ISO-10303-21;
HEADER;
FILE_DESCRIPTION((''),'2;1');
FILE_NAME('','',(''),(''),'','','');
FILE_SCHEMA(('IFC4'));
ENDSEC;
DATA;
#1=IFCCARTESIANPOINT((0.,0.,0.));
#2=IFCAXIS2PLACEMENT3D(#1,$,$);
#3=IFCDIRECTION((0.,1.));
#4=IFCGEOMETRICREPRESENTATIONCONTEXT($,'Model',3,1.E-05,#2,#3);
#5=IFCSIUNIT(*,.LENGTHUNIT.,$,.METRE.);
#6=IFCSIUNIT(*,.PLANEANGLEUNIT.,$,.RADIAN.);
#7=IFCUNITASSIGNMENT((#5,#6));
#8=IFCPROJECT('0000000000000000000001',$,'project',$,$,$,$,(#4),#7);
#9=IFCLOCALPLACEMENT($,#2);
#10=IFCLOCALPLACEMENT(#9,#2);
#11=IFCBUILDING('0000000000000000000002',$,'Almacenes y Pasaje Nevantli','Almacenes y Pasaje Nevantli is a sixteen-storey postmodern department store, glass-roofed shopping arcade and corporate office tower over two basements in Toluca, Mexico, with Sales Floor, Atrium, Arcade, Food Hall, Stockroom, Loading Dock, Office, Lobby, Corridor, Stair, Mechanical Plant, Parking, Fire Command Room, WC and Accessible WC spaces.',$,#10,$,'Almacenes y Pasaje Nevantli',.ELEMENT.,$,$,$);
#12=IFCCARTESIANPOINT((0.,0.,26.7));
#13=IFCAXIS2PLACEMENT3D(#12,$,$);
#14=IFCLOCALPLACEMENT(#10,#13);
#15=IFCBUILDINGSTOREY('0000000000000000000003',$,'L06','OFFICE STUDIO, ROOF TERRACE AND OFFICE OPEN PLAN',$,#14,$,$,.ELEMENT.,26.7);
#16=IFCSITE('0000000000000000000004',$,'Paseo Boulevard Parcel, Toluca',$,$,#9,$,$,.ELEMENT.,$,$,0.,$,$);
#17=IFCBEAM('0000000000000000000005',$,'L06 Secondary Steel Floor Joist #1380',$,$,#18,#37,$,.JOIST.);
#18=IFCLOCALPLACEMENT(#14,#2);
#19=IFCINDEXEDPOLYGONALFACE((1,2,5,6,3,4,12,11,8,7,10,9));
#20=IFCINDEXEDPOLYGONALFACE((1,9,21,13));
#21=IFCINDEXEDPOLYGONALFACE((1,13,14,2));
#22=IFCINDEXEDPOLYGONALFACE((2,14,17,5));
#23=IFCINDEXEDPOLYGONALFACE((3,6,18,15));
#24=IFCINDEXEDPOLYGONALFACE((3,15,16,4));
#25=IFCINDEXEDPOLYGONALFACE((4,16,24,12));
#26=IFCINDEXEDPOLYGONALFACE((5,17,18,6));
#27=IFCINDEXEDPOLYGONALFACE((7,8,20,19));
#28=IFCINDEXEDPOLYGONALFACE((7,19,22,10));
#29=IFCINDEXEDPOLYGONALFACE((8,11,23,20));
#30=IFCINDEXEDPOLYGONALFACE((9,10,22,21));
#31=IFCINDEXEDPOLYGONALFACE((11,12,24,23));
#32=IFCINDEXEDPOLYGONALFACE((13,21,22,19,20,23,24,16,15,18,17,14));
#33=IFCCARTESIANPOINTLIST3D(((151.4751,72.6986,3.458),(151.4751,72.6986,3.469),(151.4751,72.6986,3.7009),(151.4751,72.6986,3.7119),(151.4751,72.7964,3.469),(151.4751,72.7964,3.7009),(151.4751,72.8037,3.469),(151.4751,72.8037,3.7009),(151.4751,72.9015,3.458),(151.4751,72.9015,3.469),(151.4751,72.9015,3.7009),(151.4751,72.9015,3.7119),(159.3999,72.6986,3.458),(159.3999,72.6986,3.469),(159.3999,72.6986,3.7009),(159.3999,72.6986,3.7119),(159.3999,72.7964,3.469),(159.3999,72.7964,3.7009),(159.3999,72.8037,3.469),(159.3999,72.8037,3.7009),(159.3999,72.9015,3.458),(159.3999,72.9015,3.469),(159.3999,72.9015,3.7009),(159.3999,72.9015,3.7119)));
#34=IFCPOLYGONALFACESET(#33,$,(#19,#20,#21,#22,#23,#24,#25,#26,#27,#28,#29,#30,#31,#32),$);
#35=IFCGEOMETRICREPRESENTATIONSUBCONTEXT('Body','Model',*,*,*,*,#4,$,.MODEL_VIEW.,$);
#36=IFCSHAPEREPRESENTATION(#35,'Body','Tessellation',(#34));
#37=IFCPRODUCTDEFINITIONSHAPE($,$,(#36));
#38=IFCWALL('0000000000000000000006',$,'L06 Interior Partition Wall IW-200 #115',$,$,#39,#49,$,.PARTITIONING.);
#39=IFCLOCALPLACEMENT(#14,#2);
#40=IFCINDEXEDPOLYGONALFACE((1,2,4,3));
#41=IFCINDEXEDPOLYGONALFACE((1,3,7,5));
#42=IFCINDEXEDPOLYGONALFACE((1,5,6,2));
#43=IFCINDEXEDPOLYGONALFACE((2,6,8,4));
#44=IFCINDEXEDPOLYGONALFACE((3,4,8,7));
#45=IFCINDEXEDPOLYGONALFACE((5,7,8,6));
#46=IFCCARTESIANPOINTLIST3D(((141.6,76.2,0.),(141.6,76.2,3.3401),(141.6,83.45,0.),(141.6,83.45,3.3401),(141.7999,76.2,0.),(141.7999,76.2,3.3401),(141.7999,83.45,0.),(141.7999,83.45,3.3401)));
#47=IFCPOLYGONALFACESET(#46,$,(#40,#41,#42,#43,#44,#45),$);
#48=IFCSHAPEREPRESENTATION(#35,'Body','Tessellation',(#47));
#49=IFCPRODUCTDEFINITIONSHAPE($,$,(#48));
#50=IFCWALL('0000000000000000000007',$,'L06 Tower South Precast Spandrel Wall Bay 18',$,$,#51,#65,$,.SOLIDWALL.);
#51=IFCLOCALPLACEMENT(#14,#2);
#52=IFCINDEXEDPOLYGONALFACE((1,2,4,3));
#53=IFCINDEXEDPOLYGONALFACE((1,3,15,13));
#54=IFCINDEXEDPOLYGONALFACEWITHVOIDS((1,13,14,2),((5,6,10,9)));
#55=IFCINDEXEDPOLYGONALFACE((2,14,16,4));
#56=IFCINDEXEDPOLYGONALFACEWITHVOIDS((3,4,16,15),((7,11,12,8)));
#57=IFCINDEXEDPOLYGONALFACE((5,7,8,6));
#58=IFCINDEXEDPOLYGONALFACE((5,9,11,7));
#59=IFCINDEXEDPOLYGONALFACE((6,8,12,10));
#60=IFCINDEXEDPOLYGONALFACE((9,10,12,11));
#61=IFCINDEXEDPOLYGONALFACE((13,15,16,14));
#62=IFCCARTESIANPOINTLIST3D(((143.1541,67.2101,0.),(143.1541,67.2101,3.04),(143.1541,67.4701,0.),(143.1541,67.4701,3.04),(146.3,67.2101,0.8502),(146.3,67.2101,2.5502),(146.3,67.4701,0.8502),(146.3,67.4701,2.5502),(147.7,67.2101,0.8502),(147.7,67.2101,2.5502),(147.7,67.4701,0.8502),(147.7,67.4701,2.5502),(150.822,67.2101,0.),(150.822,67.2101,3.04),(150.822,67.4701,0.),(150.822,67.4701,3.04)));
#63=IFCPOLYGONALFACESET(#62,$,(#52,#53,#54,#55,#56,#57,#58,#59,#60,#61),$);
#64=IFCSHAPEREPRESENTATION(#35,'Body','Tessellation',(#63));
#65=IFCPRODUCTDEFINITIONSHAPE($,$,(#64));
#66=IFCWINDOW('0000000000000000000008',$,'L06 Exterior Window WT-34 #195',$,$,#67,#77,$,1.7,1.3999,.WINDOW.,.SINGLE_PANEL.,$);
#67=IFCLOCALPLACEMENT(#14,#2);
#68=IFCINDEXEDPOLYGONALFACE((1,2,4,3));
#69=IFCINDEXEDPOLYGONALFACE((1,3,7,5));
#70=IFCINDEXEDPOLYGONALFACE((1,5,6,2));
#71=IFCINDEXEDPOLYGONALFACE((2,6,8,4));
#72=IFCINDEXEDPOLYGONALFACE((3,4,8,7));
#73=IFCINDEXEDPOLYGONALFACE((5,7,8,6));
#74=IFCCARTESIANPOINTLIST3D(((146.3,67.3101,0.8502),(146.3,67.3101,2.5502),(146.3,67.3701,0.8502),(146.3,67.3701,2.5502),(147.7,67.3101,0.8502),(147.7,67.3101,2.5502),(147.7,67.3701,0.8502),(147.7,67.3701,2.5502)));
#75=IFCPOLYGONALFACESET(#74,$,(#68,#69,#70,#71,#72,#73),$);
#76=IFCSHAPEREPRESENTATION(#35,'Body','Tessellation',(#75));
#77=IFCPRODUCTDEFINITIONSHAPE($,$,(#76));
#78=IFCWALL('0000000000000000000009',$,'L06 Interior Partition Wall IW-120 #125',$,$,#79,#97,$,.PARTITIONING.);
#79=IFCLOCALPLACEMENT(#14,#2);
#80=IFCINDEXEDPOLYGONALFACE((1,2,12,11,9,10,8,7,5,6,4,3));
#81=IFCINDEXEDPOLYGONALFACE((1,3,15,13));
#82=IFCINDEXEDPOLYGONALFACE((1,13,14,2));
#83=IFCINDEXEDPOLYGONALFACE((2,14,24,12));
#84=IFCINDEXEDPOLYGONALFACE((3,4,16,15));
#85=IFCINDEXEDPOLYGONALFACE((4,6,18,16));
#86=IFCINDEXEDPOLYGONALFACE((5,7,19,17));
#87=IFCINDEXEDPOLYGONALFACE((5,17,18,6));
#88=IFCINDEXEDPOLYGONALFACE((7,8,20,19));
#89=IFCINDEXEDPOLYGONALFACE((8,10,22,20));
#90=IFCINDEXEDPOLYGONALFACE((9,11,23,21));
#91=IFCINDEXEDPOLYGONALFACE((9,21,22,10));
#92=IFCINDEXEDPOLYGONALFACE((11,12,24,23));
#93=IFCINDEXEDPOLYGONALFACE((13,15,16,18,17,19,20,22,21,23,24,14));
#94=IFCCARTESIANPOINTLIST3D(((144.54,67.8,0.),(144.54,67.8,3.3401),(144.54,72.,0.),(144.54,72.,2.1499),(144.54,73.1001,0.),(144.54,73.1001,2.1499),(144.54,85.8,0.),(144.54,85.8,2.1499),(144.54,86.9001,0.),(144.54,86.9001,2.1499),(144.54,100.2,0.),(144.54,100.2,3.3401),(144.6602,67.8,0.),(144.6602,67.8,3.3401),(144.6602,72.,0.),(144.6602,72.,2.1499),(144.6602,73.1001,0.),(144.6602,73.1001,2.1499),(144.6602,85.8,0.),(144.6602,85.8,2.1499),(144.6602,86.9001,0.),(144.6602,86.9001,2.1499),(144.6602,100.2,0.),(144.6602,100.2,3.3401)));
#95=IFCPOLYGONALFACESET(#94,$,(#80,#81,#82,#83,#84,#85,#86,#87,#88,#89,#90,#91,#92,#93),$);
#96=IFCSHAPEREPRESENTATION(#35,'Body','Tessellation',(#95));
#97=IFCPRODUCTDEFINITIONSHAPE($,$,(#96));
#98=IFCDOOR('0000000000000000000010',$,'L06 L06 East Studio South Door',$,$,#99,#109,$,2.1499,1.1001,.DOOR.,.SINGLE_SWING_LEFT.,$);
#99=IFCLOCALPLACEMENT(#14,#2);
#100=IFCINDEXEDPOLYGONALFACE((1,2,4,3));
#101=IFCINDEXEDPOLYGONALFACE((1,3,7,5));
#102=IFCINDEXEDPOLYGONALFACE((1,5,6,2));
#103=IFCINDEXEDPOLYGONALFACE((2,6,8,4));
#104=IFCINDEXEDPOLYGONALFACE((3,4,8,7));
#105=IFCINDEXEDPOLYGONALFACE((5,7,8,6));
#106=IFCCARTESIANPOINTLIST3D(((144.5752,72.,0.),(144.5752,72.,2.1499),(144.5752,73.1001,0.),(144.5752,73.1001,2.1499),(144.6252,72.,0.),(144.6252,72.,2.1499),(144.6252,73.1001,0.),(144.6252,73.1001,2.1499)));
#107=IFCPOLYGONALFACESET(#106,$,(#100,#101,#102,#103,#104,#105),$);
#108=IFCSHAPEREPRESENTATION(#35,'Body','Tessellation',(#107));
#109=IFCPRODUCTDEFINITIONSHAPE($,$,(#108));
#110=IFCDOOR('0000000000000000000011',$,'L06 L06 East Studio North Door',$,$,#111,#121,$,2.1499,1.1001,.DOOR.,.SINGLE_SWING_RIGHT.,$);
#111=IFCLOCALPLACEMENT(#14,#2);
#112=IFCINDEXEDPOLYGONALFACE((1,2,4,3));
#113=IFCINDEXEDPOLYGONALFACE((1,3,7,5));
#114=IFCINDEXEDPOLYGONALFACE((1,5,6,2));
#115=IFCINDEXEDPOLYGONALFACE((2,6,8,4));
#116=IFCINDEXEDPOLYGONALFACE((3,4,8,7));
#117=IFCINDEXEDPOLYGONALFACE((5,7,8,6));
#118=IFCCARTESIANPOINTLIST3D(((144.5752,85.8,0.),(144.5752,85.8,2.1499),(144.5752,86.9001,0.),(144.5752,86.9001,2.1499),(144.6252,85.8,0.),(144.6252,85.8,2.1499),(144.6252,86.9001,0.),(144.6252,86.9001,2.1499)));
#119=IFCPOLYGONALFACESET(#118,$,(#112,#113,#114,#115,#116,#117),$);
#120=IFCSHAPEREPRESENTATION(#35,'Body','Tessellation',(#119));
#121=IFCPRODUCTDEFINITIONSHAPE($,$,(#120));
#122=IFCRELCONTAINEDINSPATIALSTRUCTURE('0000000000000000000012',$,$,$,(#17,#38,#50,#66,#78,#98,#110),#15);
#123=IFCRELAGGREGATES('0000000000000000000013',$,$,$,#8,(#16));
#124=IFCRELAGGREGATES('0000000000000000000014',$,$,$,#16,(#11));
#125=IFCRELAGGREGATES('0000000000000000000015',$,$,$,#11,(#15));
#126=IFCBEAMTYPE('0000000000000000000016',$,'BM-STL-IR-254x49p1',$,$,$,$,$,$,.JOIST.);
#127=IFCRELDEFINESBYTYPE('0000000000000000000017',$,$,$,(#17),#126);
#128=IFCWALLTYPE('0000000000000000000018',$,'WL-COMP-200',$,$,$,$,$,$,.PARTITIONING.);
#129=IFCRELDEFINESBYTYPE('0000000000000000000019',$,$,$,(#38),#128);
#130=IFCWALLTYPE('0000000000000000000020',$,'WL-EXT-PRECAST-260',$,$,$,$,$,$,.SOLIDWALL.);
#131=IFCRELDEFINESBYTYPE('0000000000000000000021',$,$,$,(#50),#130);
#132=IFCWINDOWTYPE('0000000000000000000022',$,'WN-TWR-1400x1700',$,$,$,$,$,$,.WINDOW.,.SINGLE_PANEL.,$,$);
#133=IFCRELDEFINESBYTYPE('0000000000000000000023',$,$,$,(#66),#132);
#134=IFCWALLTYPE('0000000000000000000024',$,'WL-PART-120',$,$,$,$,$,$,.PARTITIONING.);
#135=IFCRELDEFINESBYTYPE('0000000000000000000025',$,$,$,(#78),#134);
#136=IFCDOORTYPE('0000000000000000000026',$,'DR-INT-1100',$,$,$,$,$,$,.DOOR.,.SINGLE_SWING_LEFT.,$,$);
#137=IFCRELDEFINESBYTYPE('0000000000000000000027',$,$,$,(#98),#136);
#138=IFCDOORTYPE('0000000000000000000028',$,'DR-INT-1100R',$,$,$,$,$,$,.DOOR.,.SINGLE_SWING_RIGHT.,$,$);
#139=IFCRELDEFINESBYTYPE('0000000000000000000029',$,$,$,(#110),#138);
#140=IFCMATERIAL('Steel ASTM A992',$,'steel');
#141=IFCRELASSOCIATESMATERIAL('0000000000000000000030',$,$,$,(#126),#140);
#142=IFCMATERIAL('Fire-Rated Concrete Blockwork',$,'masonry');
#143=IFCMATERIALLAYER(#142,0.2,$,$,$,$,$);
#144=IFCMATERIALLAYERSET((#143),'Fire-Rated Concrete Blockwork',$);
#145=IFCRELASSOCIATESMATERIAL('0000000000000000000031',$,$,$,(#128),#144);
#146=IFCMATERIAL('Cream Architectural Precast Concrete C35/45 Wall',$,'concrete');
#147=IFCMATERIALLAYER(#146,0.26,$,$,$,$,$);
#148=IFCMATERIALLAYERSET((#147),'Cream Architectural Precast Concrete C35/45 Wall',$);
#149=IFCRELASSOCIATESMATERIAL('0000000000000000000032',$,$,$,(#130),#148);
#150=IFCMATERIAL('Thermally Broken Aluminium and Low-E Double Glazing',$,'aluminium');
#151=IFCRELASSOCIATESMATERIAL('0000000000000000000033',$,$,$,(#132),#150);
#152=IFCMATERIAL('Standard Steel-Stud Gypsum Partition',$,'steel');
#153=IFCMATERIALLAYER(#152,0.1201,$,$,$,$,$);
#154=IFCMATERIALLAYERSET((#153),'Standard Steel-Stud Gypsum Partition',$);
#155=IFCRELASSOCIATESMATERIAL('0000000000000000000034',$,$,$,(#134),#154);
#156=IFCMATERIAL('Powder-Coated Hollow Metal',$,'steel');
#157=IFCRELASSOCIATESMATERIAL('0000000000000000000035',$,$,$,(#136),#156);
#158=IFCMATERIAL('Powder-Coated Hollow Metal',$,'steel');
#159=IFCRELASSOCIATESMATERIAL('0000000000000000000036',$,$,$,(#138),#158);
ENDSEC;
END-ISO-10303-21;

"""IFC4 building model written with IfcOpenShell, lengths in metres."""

from ifc_helpers import new_model, si_unit, direction, frame, frame_2d, origin, origin_2d, place, context, subcontext, project, spatial, rectangle, i_section, extrude, material, layer, layer_set, material_profile, profile_set, type_object, element, fill, save


model = new_model("IFC4")

# Units and contexts
model_context = context("Model", 3, precision=1e-05, world=origin(), true_north=direction((0.0, 1.0)))
body_context = subcontext(model_context, "Body", "Model", "MODEL_VIEW")
ifc_project = project(units=[si_unit("LENGTHUNIT", "METRE"), si_unit("PLANEANGLEUNIT", "RADIAN")], contexts=[model_context])

# Site, building, storey
site_placement = place(None, origin())
site = spatial("IfcSite", under=ifc_project, at=site_placement, Name="Paseo Boulevard Parcel, Toluca", CompositionType="ELEMENT", RefElevation=0.0)
building_placement = place(site_placement, origin())
building = spatial("IfcBuilding", under=site, at=building_placement, Name="Almacenes y Pasaje Nevantli", Description="Almacenes y Pasaje Nevantli is a sixteen-storey postmodern department store, glass-roofed shopping arcade and corporate office tower over two basements in Toluca, Mexico, with Sales Floor, Atrium, Arcade, Food Hall, Stockroom, Loading Dock, Office, Lobby, Corridor, Stair, Mechanical Plant, Parking, Fire Command Room, WC and Accessible WC spaces.", LongName="Almacenes y Pasaje Nevantli", CompositionType="ELEMENT")
storey_placement = place(building_placement, frame((0.0, 0.0, 26.7)))
storey = spatial("IfcBuildingStorey", under=building, at=storey_placement, Name="L06", Description="OFFICE STUDIO, ROOF TERRACE AND OFFICE OPEN PLAN", CompositionType="ELEMENT", Elevation=26.7)

# Beam
ifc_material_1 = material(Name="Steel ASTM A992", Category="steel")
ifc_material_profile_1 = material_profile(ifc_material_1, i_section(OverallWidth=0.2029, OverallDepth=0.2539, WebThickness=0.0073, FlangeThickness=0.011, at=origin_2d()), Name="IR 254x49.1")
ifc_profile_set_1 = profile_set([ifc_material_profile_1], Name="Steel ASTM A992")
beam_type_1 = type_object("IfcBeamType", Name="BM-STL-IR-254x49p1", PredefinedType="JOIST", material=ifc_profile_set_1)
for number, where, z_axis, x_axis, name in (
    (1, (151.4751, 72.8, 3.585), (1.0, 0.0, 0.0), (0.0, 1.0, 0.0), "L06 Secondary Steel Floor Joist #1380"),
):
    element("IfcBeam", number, at=place(storey_placement, frame(where, z_axis=z_axis, x_axis=x_axis)), inside=storey, type_object=beam_type_1, Name=name, PredefinedType="JOIST", context=body_context, shape_type="SweptSolid", body=[
        extrude(i_section(OverallWidth=0.2029, OverallDepth=0.2539, WebThickness=0.0073, FlangeThickness=0.011, at=origin_2d()), origin(), (0.0, 0.0, 1.0), 7.9248),
    ])

# Wall
ifc_material_2 = material(Name="Fire-Rated Concrete Blockwork", Category="masonry")
ifc_layer_1 = layer(ifc_material_2, 0.2)
ifc_layer_set_1 = layer_set([ifc_layer_1], Name="Fire-Rated Concrete Blockwork")
wall_type_1 = type_object("IfcWallType", Name="WL-COMP-200", PredefinedType="PARTITIONING", material=ifc_layer_set_1)
wall_1_placement = place(storey_placement, frame((141.7, 76.2, 0.0), z_axis=(0.0, 0.0, 1.0), x_axis=(0.0, 1.0, 0.0)))
element("IfcWall", 2, at=wall_1_placement, inside=storey, type_object=wall_type_1, Name="L06 Interior Partition Wall IW-200 #115", PredefinedType="PARTITIONING", context=body_context, shape_type="SweptSolid", body=[
    extrude(rectangle(XDim=7.25, YDim=0.2, at=frame_2d((3.625, 0.0))), origin(), (0.0, 0.0, 1.0), 3.3401),
])

# Wall, opening, window
ifc_material_3 = material(Name="Cream Architectural Precast Concrete C35/45 Wall", Category="concrete")
ifc_layer_2 = layer(ifc_material_3, 0.26)
ifc_layer_set_2 = layer_set([ifc_layer_2], Name="Cream Architectural Precast Concrete C35/45 Wall")
wall_type_2 = type_object("IfcWallType", Name="WL-EXT-PRECAST-260", PredefinedType="SOLIDWALL", material=ifc_layer_set_2)
wall_2_placement = place(storey_placement, frame((143.1541, 67.3401, 0.0), z_axis=(0.0, 0.0, 1.0), x_axis=(1.0, 0.0, 0.0)))
wall_2 = element("IfcWall", 3, at=wall_2_placement, inside=storey, type_object=wall_type_2, Name="L06 Tower South Precast Spandrel Wall Bay 18", PredefinedType="SOLIDWALL", context=body_context, shape_type="SweptSolid", body=[
    extrude(rectangle(XDim=7.668, YDim=0.26, at=frame_2d((3.834, 0.0))), origin(), (0.0, 0.0, 1.0), 3.04),
])
opening_1_placement = place(wall_2_placement, frame((3.146, 0.0, 0.8501)))
opening_1 = element("IfcOpeningElement", 4, at=opening_1_placement, cuts=wall_2, PredefinedType="OPENING", context=body_context, shape_type="SweptSolid", body=[
    extrude(rectangle(XDim=1.3999, YDim=1.7, at=frame_2d((0.7, 0.8501))), frame((0.0, 0.1399, 0.0), z_axis=(0.0, -1.0, 0.0), x_axis=(1.0, 0.0, 0.0)), (0.0, 0.0, 1.0), 0.28),
])
ifc_material_4 = material(Name="Thermally Broken Aluminium and Low-E Double Glazing", Category="aluminium")
window_type = type_object("IfcWindowType", Name="WN-TWR-1400x1700", PartitioningType="SINGLE_PANEL", PredefinedType="WINDOW", material=ifc_material_4)
window_placement = place(opening_1_placement, origin())
window = element("IfcWindow", 5, at=window_placement, inside=storey, type_object=window_type, Name="L06 Exterior Window WT-34 #195", OverallHeight=1.7, OverallWidth=1.3999, PartitioningType="SINGLE_PANEL", PredefinedType="WINDOW", context=body_context, shape_type="SweptSolid", body=[
    extrude(rectangle(XDim=1.3999, YDim=1.7, at=frame_2d((0.7, 0.8501))), frame((0.0, 0.03, 0.0), z_axis=(0.0, -1.0, 0.0), x_axis=(1.0, 0.0, 0.0)), (0.0, 0.0, 1.0), 0.0601),
])
fill(opening_1, window)

# Wall, openings, doors
ifc_material_5 = material(Name="Standard Steel-Stud Gypsum Partition", Category="steel")
ifc_layer_3 = layer(ifc_material_5, 0.1201)
ifc_layer_set_3 = layer_set([ifc_layer_3], Name="Standard Steel-Stud Gypsum Partition")
wall_type_3 = type_object("IfcWallType", Name="WL-PART-120", PredefinedType="PARTITIONING", material=ifc_layer_set_3)
wall_3_placement = place(storey_placement, frame((144.6001, 67.8, 0.0), z_axis=(0.0, 0.0, 1.0), x_axis=(0.0, 1.0, 0.0)))
wall_3 = element("IfcWall", 6, at=wall_3_placement, inside=storey, type_object=wall_type_3, Name="L06 Interior Partition Wall IW-120 #125", PredefinedType="PARTITIONING", context=body_context, shape_type="SweptSolid", body=[
    extrude(rectangle(XDim=32.3999, YDim=0.1201, at=frame_2d((16.2, 0.0))), origin(), (0.0, 0.0, 1.0), 3.3401),
])
opening_2_placement = place(wall_3_placement, frame((4.2, 0.0, 0.0)))
opening_2 = element("IfcOpeningElement", 7, at=opening_2_placement, cuts=wall_3, PredefinedType="OPENING", context=body_context, shape_type="SweptSolid", body=[
    extrude(rectangle(XDim=1.1001, YDim=2.1499, at=frame_2d((0.55, 1.075))), frame((0.0, 0.0701, 0.0), z_axis=(0.0, -1.0, 0.0), x_axis=(1.0, 0.0, 0.0)), (0.0, 0.0, 1.0), 0.1401),
])
opening_3_placement = place(wall_3_placement, frame((18.0, 0.0, 0.0)))
opening_3 = element("IfcOpeningElement", 8, at=opening_3_placement, cuts=wall_3, PredefinedType="OPENING", context=body_context, shape_type="SweptSolid", body=[
    extrude(rectangle(XDim=1.1001, YDim=2.1499, at=frame_2d((0.55, 1.075))), frame((0.0, 0.0701, 0.0), z_axis=(0.0, -1.0, 0.0), x_axis=(1.0, 0.0, 0.0)), (0.0, 0.0, 1.0), 0.1401),
])
ifc_material_6 = material(Name="Powder-Coated Hollow Metal", Category="steel")
door_type_1 = type_object("IfcDoorType", Name="DR-INT-1100", OperationType="SINGLE_SWING_LEFT", PredefinedType="DOOR", material=ifc_material_6)
door_1_placement = place(opening_2_placement, origin())
door_1 = element("IfcDoor", 9, at=door_1_placement, inside=storey, type_object=door_type_1, Name="L06 L06 East Studio South Door", OperationType="SINGLE_SWING_LEFT", OverallHeight=2.1499, OverallWidth=1.1001, PredefinedType="DOOR", context=body_context, shape_type="SweptSolid", body=[
    extrude(rectangle(XDim=1.1001, YDim=2.1499, at=frame_2d((0.55, 1.075))), frame((0.0, 0.0249, 0.0), z_axis=(0.0, -1.0, 0.0), x_axis=(1.0, 0.0, 0.0)), (0.0, 0.0, 1.0), 0.05),
])
fill(opening_2, door_1)
ifc_material_7 = material(Name="Powder-Coated Hollow Metal", Category="steel")
door_type_2 = type_object("IfcDoorType", Name="DR-INT-1100R", OperationType="SINGLE_SWING_RIGHT", PredefinedType="DOOR", material=ifc_material_7)
door_2_placement = place(opening_3_placement, origin())
door_2 = element("IfcDoor", 10, at=door_2_placement, inside=storey, type_object=door_type_2, Name="L06 L06 East Studio North Door", OperationType="SINGLE_SWING_RIGHT", OverallHeight=2.1499, OverallWidth=1.1001, PredefinedType="DOOR", context=body_context, shape_type="SweptSolid", body=[
    extrude(rectangle(XDim=1.1001, YDim=2.1499, at=frame_2d((0.55, 1.075))), frame((0.0, 0.0249, 0.0), z_axis=(0.0, -1.0, 0.0), x_axis=(1.0, 0.0, 0.0)), (0.0, 0.0, 1.0), 0.05),
])
fill(opening_3, door_2)

save(model, "model.ifc")
